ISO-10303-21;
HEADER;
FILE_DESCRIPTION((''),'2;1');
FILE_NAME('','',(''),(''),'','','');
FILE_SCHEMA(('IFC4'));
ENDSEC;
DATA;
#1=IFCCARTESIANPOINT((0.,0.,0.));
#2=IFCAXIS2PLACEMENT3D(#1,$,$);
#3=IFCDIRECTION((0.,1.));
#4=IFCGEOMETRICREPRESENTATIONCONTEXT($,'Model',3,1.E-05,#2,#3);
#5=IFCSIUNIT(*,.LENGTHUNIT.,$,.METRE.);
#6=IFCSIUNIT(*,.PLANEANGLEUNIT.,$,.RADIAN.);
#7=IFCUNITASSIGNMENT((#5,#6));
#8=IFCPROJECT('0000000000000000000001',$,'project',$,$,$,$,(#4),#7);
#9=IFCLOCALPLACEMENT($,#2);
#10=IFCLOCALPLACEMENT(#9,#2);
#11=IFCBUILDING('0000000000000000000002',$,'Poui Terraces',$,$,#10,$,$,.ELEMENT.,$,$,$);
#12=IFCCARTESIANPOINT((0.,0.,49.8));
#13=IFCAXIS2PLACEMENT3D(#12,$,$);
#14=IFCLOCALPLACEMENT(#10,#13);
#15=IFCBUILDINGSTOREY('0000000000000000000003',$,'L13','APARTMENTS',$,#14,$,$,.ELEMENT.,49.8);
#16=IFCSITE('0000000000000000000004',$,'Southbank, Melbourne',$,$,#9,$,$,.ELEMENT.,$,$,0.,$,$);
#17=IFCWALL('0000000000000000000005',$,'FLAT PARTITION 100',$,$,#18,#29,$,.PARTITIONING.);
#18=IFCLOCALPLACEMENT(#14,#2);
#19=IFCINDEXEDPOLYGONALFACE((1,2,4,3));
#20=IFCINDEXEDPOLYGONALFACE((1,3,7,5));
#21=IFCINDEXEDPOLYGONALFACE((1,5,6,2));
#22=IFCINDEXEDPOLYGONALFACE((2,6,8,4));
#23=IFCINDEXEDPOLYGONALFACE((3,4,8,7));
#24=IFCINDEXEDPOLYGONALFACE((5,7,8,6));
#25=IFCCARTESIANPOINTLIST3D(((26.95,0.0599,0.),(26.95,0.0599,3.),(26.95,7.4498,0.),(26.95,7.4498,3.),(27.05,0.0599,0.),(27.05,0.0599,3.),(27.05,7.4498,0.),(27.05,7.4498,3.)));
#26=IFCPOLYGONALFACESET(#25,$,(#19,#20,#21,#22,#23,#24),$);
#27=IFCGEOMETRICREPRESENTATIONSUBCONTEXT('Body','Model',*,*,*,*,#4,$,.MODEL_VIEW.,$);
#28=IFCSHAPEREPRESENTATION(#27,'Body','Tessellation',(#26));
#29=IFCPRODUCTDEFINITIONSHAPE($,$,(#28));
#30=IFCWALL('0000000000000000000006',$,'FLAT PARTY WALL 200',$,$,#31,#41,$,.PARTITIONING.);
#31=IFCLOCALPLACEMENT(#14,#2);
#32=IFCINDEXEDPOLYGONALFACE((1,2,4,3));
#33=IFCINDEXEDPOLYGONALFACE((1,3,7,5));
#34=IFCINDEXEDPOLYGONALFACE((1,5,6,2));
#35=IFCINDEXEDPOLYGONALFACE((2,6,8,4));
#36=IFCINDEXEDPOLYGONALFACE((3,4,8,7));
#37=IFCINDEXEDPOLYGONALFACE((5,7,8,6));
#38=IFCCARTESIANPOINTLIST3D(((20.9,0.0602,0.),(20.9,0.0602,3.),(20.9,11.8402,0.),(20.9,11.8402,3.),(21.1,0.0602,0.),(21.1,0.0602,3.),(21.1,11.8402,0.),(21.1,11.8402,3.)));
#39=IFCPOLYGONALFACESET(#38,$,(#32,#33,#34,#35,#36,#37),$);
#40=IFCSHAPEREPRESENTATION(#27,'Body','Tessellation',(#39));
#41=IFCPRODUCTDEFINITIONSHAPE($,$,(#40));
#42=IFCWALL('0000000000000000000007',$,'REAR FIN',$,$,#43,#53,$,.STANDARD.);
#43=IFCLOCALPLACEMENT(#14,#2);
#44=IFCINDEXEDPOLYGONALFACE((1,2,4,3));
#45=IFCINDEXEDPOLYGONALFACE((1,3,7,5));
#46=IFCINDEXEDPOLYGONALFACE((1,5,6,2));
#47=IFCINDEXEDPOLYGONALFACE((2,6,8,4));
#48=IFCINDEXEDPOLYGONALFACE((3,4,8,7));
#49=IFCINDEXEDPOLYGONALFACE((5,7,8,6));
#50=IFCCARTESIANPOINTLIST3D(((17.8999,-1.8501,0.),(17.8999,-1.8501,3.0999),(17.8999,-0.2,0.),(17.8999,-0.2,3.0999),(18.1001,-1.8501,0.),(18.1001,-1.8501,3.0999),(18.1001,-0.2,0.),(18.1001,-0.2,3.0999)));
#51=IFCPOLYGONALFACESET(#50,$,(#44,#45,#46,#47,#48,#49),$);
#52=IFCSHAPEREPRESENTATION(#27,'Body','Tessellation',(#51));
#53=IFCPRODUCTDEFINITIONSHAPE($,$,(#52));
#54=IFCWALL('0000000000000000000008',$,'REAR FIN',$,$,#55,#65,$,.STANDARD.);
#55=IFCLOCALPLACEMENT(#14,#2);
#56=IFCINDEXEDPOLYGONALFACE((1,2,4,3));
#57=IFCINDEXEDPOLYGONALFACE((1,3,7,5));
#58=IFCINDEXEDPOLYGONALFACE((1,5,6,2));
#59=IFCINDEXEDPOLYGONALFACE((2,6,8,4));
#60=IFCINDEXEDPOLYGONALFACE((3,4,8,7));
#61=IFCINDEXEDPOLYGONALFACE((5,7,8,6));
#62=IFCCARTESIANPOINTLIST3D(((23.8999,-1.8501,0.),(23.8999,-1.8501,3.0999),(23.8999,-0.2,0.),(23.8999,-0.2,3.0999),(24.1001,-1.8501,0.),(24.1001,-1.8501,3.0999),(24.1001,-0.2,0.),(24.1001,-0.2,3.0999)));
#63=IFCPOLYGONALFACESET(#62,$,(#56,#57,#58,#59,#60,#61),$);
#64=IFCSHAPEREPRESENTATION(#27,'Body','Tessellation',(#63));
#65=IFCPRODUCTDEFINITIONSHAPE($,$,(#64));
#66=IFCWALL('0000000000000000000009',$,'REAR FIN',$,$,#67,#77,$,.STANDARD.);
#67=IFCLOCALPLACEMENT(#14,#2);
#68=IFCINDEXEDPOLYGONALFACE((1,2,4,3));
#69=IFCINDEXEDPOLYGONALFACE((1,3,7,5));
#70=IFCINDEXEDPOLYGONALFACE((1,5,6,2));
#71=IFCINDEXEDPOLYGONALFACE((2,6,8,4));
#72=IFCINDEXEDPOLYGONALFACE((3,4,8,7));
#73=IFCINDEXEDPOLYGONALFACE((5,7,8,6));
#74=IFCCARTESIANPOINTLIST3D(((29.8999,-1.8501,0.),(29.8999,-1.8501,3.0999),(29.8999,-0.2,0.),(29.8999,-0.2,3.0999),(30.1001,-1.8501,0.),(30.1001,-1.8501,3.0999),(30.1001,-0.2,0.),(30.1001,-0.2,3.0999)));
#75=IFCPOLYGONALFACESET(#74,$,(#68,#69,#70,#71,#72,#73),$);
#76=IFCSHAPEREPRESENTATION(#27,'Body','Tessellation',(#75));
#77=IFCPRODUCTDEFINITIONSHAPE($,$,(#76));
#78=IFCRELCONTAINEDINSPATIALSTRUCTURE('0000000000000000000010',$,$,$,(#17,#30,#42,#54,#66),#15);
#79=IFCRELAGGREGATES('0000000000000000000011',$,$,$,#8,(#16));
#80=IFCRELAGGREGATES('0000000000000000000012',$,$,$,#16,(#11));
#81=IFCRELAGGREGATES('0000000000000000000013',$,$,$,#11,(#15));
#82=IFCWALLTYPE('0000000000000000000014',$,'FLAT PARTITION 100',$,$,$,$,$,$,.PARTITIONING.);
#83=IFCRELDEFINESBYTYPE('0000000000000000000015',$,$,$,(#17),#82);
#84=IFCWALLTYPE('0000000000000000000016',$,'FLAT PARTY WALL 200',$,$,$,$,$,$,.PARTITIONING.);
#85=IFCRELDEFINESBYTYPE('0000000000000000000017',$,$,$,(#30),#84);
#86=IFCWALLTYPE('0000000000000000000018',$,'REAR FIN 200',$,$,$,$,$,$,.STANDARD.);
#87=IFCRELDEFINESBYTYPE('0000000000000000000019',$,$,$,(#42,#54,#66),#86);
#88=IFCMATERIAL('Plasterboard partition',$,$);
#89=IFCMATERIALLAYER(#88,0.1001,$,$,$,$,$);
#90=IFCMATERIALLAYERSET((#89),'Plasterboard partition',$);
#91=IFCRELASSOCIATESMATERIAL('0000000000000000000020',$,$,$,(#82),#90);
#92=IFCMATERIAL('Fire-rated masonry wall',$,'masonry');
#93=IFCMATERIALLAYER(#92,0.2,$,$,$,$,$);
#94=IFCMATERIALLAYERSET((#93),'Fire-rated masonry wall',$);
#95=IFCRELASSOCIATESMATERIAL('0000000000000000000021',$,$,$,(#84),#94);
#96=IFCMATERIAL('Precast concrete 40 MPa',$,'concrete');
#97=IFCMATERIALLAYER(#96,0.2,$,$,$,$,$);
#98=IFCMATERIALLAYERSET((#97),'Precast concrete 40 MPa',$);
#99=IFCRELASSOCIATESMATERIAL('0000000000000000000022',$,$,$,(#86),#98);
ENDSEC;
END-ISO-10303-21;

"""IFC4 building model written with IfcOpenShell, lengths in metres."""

from ifc_helpers import new_model, si_unit, direction, frame, frame_2d, origin, place, context, subcontext, project, spatial, polyline, rectangle, outline, extrude, source, transform, mapped, material, layer, layer_set, type_object, element, save


model = new_model("IFC4")

# Units and contexts
model_context = context("Model", 3, precision=1e-05, world=origin(), true_north=direction((0.0, 1.0)))
body_context = subcontext(model_context, "Body", "Model", "MODEL_VIEW")
ifc_project = project(units=[si_unit("LENGTHUNIT", "METRE"), si_unit("PLANEANGLEUNIT", "RADIAN")], contexts=[model_context])

# Site, building, storey
site_placement = place(None, origin())
site = spatial("IfcSite", under=ifc_project, at=site_placement, Name="Southbank, Melbourne", CompositionType="ELEMENT", RefElevation=0.0)
building_placement = place(site_placement, origin())
building = spatial("IfcBuilding", under=site, at=building_placement, Name="Poui Terraces", CompositionType="ELEMENT")
storey_placement = place(building_placement, frame((0.0, 0.0, 49.8)))
storey = spatial("IfcBuildingStorey", under=building, at=storey_placement, Name="L13", Description="APARTMENTS", CompositionType="ELEMENT", Elevation=49.8)

# Shared definitions
ifc_material_1 = material(Name="Precast concrete 40 MPa", Category="concrete")

# Shared definitions
ifc_material_2 = material(Name="Plasterboard partition")
ifc_layer_1 = layer(ifc_material_2, 0.1001)
ifc_layer_set_1 = layer_set([ifc_layer_1], Name="Plasterboard partition")
wall_type_1 = type_object("IfcWallType", Name="FLAT PARTITION 100", PredefinedType="PARTITIONING", material=ifc_layer_set_1)

# Walls
wall_1_placement = place(storey_placement, frame((27.0, 0.0601, 0.0), z_axis=(0.0, 0.0, 1.0), x_axis=(0.0, 1.0, 0.0)))
element("IfcWall", 1, at=wall_1_placement, inside=storey, type_object=wall_type_1, Name="FLAT PARTITION 100", PredefinedType="PARTITIONING", context=body_context, shape_type="SweptSolid", body=[
    extrude(rectangle(XDim=7.3899, YDim=0.1001, at=frame_2d((3.6948, 0.0))), origin(), (0.0, 0.0, 1.0), 3.0),
])
ifc_material_3 = material(Name="Fire-rated masonry wall", Category="masonry")
ifc_layer_2 = layer(ifc_material_3, 0.2)
ifc_layer_set_2 = layer_set([ifc_layer_2], Name="Fire-rated masonry wall")
wall_type_2 = type_object("IfcWallType", Name="FLAT PARTY WALL 200", PredefinedType="PARTITIONING", material=ifc_layer_set_2)
wall_2_placement = place(storey_placement, frame((21.0, 0.0601, 0.0), z_axis=(0.0, 0.0, 1.0), x_axis=(0.0, 1.0, 0.0)))
element("IfcWall", 2, at=wall_2_placement, inside=storey, type_object=wall_type_2, Name="FLAT PARTY WALL 200", PredefinedType="PARTITIONING", context=body_context, shape_type="SweptSolid", body=[
    extrude(rectangle(XDim=11.78, YDim=0.2, at=frame_2d((5.8901, 0.0))), origin(), (0.0, 0.0, 1.0), 3.0),
])
ifc_layer_3 = layer(ifc_material_1, 0.2)
ifc_layer_set_3 = layer_set([ifc_layer_3], Name="Precast concrete 40 MPa")
wall_type_3 = type_object("IfcWallType", Name="REAR FIN 200", PredefinedType="STANDARD", material=ifc_layer_set_3)
shared_shape_1 = source(origin(), body_context, "Body", "SweptSolid", [
    extrude(outline(polyline([(0.0, 0.0), (0.2002, 0.0), (0.2002, 1.6501), (0.0, 1.6501), (0.0, 0.0)])), origin(), (0.0, 0.0, 1.0), 3.0999),
])
for number, where, name in (
    (3, (17.8999, -1.8501, 0.0), "REAR FIN"),
    (4, (23.8999, -1.8501, 0.0), "REAR FIN"),
    (5, (29.8999, -1.8501, 0.0), "REAR FIN"),
):
    element("IfcWall", number, at=place(storey_placement, frame(where)), inside=storey, type_object=wall_type_3, Name=name, PredefinedType="STANDARD", context=body_context, shape_type="MappedRepresentation", body=[
        mapped(shared_shape_1, transform((0.0, 0.0, 0.0))),
    ])

save(model, "model.ifc")
